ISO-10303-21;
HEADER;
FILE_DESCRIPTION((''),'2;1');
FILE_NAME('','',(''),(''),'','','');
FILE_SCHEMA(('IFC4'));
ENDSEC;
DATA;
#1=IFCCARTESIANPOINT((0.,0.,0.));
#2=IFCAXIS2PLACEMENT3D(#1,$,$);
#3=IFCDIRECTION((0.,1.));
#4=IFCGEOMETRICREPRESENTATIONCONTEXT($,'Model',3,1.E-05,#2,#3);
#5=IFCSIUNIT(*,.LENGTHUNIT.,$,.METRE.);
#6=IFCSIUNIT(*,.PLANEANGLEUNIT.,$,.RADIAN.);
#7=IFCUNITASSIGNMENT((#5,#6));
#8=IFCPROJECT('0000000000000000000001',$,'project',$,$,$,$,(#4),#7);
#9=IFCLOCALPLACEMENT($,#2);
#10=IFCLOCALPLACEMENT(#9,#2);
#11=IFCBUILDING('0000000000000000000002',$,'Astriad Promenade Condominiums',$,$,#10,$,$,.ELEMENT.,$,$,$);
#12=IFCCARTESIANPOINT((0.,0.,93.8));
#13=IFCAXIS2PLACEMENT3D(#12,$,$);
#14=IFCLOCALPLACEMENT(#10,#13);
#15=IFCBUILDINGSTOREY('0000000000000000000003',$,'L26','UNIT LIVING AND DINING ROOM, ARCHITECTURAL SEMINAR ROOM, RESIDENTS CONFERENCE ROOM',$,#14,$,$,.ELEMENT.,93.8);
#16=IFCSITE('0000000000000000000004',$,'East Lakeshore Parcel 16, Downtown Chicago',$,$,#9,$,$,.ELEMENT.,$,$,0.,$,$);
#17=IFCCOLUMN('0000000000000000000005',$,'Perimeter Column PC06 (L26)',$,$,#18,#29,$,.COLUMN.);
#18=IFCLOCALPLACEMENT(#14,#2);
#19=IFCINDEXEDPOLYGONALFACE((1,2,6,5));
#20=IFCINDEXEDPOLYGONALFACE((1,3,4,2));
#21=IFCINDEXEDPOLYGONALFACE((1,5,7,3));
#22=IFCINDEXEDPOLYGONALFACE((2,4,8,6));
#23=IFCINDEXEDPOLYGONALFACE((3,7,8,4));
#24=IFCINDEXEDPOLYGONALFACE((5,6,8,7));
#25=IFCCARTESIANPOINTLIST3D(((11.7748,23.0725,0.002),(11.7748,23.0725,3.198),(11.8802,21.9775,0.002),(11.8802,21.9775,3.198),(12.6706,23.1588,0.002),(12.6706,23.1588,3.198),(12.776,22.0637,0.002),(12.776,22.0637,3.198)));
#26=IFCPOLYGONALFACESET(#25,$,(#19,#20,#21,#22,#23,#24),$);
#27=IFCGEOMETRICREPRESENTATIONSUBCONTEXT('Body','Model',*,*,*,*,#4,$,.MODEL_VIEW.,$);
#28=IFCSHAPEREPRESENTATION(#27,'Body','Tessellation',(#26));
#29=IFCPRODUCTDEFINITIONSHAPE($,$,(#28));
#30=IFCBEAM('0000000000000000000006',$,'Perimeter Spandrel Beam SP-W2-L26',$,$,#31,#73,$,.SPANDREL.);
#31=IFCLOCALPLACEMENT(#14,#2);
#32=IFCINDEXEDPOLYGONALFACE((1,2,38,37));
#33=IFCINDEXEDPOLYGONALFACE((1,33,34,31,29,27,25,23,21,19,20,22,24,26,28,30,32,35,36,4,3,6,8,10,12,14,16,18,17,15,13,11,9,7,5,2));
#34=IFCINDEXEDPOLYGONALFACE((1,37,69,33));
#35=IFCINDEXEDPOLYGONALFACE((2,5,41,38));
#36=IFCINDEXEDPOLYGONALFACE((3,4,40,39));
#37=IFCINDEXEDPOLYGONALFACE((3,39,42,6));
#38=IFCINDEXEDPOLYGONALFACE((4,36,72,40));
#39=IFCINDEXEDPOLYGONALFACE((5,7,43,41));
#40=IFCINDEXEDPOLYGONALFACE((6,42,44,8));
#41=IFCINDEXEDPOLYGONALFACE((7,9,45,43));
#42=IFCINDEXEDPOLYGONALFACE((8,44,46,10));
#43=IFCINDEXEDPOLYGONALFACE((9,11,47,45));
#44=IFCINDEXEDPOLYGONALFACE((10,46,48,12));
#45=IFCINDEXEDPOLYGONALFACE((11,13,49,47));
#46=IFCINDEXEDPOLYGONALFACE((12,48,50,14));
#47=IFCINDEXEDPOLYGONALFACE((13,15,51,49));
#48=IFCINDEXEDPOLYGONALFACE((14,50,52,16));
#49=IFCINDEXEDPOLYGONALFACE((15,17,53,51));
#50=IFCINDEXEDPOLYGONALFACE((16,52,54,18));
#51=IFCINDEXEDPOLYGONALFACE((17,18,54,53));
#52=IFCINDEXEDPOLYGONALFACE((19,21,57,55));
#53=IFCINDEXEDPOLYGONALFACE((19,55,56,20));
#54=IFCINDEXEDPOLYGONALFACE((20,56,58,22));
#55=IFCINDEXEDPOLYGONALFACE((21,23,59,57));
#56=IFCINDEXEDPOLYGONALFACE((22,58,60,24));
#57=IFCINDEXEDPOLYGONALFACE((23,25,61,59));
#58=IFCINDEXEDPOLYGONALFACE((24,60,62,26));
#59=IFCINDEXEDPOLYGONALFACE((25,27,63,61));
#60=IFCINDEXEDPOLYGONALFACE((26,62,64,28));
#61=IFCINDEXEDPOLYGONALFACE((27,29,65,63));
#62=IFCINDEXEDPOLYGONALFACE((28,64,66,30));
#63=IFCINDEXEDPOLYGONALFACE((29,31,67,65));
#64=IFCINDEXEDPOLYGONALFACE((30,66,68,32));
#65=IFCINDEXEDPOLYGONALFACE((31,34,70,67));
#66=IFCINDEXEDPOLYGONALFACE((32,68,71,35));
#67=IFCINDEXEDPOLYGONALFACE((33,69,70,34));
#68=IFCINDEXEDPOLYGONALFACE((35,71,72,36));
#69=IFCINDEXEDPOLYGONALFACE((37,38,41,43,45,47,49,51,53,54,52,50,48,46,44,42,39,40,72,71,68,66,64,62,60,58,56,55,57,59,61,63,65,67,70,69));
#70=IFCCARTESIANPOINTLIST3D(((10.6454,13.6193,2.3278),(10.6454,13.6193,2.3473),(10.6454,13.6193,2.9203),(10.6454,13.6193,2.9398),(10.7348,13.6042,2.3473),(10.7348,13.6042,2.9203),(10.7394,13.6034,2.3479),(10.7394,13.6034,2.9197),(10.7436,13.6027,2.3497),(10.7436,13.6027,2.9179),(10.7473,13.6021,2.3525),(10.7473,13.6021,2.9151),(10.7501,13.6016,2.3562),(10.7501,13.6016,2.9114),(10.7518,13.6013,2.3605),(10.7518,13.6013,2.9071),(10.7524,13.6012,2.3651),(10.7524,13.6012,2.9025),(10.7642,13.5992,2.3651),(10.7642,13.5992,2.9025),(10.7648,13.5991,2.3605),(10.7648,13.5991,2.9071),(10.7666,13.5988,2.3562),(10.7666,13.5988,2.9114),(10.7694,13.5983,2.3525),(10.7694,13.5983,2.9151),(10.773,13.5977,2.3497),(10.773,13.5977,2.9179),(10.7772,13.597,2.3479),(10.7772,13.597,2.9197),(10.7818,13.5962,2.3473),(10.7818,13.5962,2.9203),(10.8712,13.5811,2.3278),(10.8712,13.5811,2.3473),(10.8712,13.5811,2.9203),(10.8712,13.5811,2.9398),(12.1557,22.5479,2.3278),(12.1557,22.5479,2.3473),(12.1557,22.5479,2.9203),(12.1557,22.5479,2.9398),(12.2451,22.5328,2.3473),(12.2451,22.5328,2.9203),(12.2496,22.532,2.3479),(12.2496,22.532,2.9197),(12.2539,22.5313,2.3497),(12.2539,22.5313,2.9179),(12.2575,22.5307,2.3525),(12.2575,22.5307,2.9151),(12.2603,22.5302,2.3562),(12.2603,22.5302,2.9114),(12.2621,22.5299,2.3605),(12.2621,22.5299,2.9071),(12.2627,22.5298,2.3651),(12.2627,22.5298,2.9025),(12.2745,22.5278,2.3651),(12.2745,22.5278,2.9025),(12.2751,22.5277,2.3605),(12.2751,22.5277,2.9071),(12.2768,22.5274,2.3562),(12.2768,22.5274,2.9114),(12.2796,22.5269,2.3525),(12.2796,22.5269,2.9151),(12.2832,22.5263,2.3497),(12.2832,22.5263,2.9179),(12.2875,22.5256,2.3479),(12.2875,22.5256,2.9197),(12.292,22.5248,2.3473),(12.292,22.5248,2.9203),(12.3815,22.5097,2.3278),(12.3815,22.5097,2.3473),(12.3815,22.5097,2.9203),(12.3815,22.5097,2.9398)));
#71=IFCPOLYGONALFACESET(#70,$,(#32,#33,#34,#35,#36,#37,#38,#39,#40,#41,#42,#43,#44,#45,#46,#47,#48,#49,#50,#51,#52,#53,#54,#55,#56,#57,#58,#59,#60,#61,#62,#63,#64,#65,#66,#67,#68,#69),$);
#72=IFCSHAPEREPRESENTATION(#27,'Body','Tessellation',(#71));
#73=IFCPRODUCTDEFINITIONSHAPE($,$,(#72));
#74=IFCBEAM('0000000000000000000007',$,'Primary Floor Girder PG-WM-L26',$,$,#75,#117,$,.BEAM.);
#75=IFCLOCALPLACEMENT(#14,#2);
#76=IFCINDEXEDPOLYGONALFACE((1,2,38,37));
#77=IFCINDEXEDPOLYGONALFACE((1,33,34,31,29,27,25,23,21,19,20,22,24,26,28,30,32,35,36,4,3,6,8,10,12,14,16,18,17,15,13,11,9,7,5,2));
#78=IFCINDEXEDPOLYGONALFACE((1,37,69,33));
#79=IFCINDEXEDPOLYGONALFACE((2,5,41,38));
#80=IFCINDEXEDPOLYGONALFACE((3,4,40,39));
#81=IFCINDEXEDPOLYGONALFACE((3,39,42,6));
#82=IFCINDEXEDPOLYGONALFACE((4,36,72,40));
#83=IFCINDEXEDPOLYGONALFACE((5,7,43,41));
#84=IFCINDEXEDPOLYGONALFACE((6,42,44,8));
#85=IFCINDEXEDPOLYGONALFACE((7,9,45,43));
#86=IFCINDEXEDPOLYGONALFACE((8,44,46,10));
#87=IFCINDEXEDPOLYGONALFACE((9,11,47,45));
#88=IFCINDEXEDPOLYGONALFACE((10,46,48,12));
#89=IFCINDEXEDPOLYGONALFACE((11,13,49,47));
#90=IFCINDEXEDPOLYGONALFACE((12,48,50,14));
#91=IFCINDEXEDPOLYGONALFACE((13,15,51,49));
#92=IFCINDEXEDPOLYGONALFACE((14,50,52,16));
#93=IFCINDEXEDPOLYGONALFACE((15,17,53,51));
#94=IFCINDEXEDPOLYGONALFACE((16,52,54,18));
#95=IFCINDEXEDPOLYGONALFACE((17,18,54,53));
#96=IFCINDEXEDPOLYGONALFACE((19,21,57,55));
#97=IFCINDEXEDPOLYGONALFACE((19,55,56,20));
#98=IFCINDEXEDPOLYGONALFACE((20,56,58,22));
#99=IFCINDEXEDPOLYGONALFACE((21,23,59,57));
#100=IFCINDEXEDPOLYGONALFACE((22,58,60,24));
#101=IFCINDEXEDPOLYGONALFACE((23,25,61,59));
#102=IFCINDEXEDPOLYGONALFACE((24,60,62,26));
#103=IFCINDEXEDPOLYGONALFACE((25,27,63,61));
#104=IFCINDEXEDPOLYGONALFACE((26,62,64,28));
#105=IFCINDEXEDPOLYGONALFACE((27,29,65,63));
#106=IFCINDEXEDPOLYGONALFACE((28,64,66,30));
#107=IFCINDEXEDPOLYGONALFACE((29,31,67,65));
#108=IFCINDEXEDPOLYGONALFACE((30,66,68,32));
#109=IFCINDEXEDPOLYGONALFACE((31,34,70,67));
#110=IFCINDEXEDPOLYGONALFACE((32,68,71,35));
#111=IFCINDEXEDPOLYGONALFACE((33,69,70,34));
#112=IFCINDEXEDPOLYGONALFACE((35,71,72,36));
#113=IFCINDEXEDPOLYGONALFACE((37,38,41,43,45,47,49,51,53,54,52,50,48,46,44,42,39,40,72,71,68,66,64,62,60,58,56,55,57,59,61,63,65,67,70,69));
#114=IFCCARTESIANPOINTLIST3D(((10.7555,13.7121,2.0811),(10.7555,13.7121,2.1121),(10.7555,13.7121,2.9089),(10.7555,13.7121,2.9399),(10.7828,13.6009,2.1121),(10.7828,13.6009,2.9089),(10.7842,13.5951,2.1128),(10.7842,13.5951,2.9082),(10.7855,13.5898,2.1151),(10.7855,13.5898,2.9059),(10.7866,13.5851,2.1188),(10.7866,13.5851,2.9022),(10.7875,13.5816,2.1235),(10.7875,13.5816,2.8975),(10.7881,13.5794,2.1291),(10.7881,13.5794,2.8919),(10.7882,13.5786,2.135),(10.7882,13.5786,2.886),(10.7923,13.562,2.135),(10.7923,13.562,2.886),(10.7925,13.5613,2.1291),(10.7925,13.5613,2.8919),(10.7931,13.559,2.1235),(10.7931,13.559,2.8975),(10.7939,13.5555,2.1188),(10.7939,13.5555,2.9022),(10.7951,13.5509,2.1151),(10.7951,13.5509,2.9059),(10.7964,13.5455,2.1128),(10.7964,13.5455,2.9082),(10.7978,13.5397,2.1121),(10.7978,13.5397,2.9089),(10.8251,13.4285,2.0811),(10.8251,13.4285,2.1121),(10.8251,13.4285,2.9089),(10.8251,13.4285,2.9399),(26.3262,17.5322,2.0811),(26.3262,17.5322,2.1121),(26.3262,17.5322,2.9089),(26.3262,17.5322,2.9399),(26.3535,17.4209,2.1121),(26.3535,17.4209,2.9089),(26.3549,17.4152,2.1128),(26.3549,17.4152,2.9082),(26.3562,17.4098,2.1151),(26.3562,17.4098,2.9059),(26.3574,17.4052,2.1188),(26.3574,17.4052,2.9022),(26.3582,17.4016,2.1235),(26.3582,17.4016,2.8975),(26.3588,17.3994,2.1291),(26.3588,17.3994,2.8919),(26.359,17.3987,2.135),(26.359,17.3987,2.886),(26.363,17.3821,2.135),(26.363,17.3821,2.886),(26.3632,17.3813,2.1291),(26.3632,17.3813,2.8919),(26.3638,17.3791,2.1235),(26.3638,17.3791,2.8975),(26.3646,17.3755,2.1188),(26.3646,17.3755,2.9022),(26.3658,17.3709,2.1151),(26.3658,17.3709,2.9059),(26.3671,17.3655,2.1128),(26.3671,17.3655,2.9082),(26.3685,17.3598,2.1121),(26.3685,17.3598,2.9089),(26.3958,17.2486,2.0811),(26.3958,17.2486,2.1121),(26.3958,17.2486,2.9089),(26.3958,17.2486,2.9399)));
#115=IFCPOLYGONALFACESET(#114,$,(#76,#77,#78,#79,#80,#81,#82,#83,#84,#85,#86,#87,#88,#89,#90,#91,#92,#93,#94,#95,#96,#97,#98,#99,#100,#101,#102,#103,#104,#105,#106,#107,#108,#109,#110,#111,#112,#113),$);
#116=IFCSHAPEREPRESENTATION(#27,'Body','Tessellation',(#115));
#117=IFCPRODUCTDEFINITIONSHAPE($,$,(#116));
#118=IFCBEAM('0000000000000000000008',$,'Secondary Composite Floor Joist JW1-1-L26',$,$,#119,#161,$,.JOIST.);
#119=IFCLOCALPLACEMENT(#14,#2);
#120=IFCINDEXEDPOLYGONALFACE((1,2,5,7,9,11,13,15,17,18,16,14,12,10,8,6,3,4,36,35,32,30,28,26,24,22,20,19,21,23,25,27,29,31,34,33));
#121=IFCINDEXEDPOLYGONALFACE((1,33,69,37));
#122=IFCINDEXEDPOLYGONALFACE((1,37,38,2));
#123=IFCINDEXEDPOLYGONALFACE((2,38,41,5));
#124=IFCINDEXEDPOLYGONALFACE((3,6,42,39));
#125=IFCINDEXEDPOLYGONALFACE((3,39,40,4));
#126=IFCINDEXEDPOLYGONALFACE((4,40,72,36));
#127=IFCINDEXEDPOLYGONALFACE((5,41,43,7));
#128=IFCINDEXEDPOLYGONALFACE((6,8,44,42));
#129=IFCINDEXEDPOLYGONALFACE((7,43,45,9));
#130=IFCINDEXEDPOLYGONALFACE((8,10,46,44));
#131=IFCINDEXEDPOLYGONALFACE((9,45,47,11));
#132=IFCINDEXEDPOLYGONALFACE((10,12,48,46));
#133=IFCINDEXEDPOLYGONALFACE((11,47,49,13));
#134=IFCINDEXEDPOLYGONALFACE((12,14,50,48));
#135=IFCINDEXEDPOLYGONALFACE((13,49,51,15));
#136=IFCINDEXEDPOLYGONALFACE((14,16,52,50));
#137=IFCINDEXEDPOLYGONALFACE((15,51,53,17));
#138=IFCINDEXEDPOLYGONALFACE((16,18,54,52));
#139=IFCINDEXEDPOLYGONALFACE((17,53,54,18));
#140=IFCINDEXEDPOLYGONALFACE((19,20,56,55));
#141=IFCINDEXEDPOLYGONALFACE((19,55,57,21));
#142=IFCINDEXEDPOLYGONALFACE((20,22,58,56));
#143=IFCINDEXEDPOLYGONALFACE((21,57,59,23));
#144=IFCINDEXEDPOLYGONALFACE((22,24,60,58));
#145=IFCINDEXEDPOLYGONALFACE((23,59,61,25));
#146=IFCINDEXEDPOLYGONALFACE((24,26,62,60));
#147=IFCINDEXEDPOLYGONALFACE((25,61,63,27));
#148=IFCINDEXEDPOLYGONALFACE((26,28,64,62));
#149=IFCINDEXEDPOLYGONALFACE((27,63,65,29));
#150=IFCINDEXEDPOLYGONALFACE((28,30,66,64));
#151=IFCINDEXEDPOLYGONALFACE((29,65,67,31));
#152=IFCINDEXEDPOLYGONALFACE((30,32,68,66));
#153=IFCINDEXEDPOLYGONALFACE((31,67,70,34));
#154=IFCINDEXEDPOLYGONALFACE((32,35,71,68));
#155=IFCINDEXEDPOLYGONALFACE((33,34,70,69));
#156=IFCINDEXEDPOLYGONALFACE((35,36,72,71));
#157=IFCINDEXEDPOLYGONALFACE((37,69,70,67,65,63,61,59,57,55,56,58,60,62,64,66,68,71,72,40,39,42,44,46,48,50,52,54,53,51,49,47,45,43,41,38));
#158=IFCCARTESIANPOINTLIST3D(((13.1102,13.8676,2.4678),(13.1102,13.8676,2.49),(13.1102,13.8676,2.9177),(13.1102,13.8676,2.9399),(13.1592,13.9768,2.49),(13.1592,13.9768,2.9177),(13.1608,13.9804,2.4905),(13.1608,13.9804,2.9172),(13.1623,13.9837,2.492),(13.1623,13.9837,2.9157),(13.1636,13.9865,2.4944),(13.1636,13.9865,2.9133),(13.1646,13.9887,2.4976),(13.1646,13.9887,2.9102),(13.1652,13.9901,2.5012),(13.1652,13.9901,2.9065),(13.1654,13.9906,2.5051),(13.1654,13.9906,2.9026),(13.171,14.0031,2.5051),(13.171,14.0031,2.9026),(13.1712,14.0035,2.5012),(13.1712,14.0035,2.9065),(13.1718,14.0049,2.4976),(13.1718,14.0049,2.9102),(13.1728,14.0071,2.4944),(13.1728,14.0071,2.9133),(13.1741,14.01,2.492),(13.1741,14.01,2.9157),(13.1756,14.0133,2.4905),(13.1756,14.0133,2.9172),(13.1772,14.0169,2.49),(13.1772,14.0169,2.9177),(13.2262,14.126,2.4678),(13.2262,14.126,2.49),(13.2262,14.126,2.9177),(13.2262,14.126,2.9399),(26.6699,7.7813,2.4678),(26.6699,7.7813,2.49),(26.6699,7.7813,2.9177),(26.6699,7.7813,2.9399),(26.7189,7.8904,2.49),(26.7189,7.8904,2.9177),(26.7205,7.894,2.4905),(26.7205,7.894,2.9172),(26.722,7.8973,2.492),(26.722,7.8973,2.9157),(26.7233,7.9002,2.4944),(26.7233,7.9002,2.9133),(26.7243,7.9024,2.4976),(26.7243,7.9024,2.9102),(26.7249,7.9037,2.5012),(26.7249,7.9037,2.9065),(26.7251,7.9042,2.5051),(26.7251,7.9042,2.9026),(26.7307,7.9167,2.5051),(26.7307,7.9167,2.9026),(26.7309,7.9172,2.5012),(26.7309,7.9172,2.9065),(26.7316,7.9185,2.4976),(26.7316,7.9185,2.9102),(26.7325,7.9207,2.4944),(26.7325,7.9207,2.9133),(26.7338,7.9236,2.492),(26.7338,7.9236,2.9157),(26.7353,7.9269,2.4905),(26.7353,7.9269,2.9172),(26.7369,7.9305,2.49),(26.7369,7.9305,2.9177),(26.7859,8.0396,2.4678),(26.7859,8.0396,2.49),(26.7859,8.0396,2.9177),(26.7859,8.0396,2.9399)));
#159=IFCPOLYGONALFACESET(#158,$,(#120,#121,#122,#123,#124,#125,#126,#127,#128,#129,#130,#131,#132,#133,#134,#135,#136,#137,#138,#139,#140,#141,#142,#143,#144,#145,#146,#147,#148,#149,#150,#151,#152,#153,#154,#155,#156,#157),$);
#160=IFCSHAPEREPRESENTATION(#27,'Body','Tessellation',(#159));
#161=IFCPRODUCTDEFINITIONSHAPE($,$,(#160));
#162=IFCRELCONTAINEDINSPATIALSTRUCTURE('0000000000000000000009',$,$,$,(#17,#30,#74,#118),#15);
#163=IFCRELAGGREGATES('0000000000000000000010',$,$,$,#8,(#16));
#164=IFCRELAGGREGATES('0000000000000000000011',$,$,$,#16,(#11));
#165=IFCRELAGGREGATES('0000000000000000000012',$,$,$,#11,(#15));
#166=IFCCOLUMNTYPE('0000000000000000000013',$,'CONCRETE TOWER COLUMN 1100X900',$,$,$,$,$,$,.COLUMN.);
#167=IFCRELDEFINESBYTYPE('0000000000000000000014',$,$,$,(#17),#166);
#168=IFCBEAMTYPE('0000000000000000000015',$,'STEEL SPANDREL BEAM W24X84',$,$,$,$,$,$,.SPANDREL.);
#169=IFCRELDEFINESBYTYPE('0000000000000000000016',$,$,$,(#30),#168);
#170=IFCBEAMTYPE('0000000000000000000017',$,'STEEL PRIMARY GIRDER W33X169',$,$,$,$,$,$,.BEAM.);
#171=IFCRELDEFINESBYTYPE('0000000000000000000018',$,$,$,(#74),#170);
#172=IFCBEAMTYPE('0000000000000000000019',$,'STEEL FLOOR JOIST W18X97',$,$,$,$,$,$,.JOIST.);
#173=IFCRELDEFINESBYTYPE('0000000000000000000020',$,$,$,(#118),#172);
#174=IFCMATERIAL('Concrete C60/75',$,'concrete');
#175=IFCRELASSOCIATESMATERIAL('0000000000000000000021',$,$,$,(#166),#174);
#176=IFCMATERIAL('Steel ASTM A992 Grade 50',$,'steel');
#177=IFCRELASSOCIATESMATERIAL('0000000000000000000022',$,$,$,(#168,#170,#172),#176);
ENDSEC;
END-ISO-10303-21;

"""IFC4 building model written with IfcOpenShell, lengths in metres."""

from ifc_helpers import new_model, si_unit, direction, frame, origin, origin_2d, place, context, subcontext, project, spatial, rectangle, i_section, extrude, source, transform, mapped, material, material_profile, profile_set, type_object, type_shapes, element, save


model = new_model("IFC4")

# Units and contexts
model_context = context("Model", 3, precision=1e-05, world=origin(), true_north=direction((0.0, 1.0)))
body_context = subcontext(model_context, "Body", "Model", "MODEL_VIEW")
ifc_project = project(units=[si_unit("LENGTHUNIT", "METRE"), si_unit("PLANEANGLEUNIT", "RADIAN")], contexts=[model_context])

# Site, building, storey
site_placement = place(None, origin())
site = spatial("IfcSite", under=ifc_project, at=site_placement, Name="East Lakeshore Parcel 16, Downtown Chicago", CompositionType="ELEMENT", RefElevation=0.0)
building_placement = place(site_placement, origin())
building = spatial("IfcBuilding", under=site, at=building_placement, Name="Astriad Promenade Condominiums", CompositionType="ELEMENT")
storey_placement = place(building_placement, frame((0.0, 0.0, 93.8)))
storey = spatial("IfcBuildingStorey", under=building, at=storey_placement, Name="L26", Description="UNIT LIVING AND DINING ROOM, ARCHITECTURAL SEMINAR ROOM, RESIDENTS CONFERENCE ROOM", CompositionType="ELEMENT", Elevation=93.8)

# Column
ifc_material_1 = material(Name="Concrete C60/75", Category="concrete")
ifc_material_profile_1 = material_profile(ifc_material_1, rectangle(XDim=0.8999, YDim=1.1001, at=origin_2d()), Name="RC-COL-1100X900")
ifc_profile_set_1 = profile_set([ifc_material_profile_1], Name="Concrete C60/75")
column_type = type_object("IfcColumnType", Name="CONCRETE TOWER COLUMN 1100X900", PredefinedType="COLUMN", material=ifc_profile_set_1)
shared_shape_1 = source(origin(), body_context, "Body", "SweptSolid", [
    extrude(rectangle(XDim=0.8999, YDim=1.1001, at=origin_2d()), origin(), (0.0, 0.0, 1.0), 3.196),
])
type_shapes(column_type, [shared_shape_1])
column_placement = place(storey_placement, frame((12.2754, 22.5681, 0.002), z_axis=(0.0, 0.0, 1.0), x_axis=(0.995396, 0.095846, 0.0)))
element("IfcColumn", 1, at=column_placement, inside=storey, type_object=column_type, Name="Perimeter Column PC06 (L26)", PredefinedType="COLUMN", context=body_context, shape_type="MappedRepresentation", body=[
    mapped(shared_shape_1, transform((0.0, 0.0, 0.0), scale=1.0)),
])

# Beams
ifc_material_2 = material(Name="Steel ASTM A992 Grade 50", Category="steel")
ifc_material_profile_2 = material_profile(ifc_material_2, i_section(OverallWidth=0.229, OverallDepth=0.6121, WebThickness=0.012, FlangeThickness=0.0195, FilletRadius=0.0178, at=origin_2d()), Name="W24X84")
ifc_profile_set_2 = profile_set([ifc_material_profile_2], Name="Steel ASTM A992 Grade 50")
beam_type_1 = type_object("IfcBeamType", Name="STEEL SPANDREL BEAM W24X84", PredefinedType="SPANDREL", material=ifc_profile_set_2)
shared_shape_2 = source(origin(), body_context, "Body", "SweptSolid", [
    extrude(i_section(OverallWidth=0.229, OverallDepth=0.6121, WebThickness=0.012, FlangeThickness=0.0195, FilletRadius=0.0178, at=origin_2d()), origin(), (0.0, 0.0, 1.0), 9.0554),
])
type_shapes(beam_type_1, [shared_shape_2])
beam_1_placement = place(storey_placement, frame((12.2686, 22.5288, 2.6338), z_axis=(-0.166777, -0.985995, 0.0), x_axis=(0.985995, -0.166777, 0.0)))
element("IfcBeam", 2, at=beam_1_placement, inside=storey, type_object=beam_type_1, Name="Perimeter Spandrel Beam SP-W2-L26", PredefinedType="SPANDREL", context=body_context, shape_type="MappedRepresentation", body=[
    mapped(shared_shape_2, transform((0.0, 0.0, 0.0), scale=1.0)),
])
ifc_material_profile_3 = material_profile(ifc_material_2, i_section(OverallWidth=0.292, OverallDepth=0.8589, WebThickness=0.0171, FlangeThickness=0.031, FilletRadius=0.0229, at=origin_2d()), Name="W33X169")
ifc_profile_set_3 = profile_set([ifc_material_profile_3], Name="Steel ASTM A992 Grade 50")
beam_type_2 = type_object("IfcBeamType", Name="STEEL PRIMARY GIRDER W33X169", PredefinedType="BEAM", material=ifc_profile_set_3)
shared_shape_3 = source(origin(), body_context, "Body", "SweptSolid", [
    extrude(i_section(OverallWidth=0.292, OverallDepth=0.8589, WebThickness=0.0171, FlangeThickness=0.031, FilletRadius=0.0229, at=origin_2d()), origin(), (0.0, 0.0, 1.0), 16.0325),
])
type_shapes(beam_type_2, [shared_shape_3])
beam_2_placement = place(storey_placement, frame((10.7903, 13.5703, 2.5105), z_axis=(0.971199, 0.238269, 0.0), x_axis=(-0.238269, 0.971199, 0.0)))
element("IfcBeam", 3, at=beam_2_placement, inside=storey, type_object=beam_type_2, Name="Primary Floor Girder PG-WM-L26", PredefinedType="BEAM", context=body_context, shape_type="MappedRepresentation", body=[
    mapped(shared_shape_3, transform((0.0, 0.0, 0.0), scale=1.0)),
])
ifc_material_profile_4 = material_profile(ifc_material_2, i_section(OverallWidth=0.2832, OverallDepth=0.4722, WebThickness=0.0137, FlangeThickness=0.0222, FilletRadius=0.0151, at=origin_2d()), Name="W18X97")
ifc_profile_set_4 = profile_set([ifc_material_profile_4], Name="Steel ASTM A992 Grade 50")
beam_type_3 = type_object("IfcBeamType", Name="STEEL FLOOR JOIST W18X97", PredefinedType="JOIST", material=ifc_profile_set_4)
shared_shape_4 = source(origin(), body_context, "Body", "SweptSolid", [
    extrude(i_section(OverallWidth=0.2832, OverallDepth=0.4722, WebThickness=0.0137, FlangeThickness=0.0222, FilletRadius=0.0151, at=origin_2d()), origin(), (0.0, 0.0, 1.0), 14.863),
])
beam_3_placement = place(storey_placement, frame((13.1682, 13.9968, 2.7039), z_axis=(0.912311, -0.409498, 0.0), x_axis=(0.409498, 0.912311, 0.0)))
element("IfcBeam", 4, at=beam_3_placement, inside=storey, type_object=beam_type_3, Name="Secondary Composite Floor Joist JW1-1-L26", PredefinedType="JOIST", context=body_context, shape_type="MappedRepresentation", body=[
    mapped(shared_shape_4, transform((0.0, 0.0, 0.0), scale=1.0)),
])

save(model, "model.ifc")
